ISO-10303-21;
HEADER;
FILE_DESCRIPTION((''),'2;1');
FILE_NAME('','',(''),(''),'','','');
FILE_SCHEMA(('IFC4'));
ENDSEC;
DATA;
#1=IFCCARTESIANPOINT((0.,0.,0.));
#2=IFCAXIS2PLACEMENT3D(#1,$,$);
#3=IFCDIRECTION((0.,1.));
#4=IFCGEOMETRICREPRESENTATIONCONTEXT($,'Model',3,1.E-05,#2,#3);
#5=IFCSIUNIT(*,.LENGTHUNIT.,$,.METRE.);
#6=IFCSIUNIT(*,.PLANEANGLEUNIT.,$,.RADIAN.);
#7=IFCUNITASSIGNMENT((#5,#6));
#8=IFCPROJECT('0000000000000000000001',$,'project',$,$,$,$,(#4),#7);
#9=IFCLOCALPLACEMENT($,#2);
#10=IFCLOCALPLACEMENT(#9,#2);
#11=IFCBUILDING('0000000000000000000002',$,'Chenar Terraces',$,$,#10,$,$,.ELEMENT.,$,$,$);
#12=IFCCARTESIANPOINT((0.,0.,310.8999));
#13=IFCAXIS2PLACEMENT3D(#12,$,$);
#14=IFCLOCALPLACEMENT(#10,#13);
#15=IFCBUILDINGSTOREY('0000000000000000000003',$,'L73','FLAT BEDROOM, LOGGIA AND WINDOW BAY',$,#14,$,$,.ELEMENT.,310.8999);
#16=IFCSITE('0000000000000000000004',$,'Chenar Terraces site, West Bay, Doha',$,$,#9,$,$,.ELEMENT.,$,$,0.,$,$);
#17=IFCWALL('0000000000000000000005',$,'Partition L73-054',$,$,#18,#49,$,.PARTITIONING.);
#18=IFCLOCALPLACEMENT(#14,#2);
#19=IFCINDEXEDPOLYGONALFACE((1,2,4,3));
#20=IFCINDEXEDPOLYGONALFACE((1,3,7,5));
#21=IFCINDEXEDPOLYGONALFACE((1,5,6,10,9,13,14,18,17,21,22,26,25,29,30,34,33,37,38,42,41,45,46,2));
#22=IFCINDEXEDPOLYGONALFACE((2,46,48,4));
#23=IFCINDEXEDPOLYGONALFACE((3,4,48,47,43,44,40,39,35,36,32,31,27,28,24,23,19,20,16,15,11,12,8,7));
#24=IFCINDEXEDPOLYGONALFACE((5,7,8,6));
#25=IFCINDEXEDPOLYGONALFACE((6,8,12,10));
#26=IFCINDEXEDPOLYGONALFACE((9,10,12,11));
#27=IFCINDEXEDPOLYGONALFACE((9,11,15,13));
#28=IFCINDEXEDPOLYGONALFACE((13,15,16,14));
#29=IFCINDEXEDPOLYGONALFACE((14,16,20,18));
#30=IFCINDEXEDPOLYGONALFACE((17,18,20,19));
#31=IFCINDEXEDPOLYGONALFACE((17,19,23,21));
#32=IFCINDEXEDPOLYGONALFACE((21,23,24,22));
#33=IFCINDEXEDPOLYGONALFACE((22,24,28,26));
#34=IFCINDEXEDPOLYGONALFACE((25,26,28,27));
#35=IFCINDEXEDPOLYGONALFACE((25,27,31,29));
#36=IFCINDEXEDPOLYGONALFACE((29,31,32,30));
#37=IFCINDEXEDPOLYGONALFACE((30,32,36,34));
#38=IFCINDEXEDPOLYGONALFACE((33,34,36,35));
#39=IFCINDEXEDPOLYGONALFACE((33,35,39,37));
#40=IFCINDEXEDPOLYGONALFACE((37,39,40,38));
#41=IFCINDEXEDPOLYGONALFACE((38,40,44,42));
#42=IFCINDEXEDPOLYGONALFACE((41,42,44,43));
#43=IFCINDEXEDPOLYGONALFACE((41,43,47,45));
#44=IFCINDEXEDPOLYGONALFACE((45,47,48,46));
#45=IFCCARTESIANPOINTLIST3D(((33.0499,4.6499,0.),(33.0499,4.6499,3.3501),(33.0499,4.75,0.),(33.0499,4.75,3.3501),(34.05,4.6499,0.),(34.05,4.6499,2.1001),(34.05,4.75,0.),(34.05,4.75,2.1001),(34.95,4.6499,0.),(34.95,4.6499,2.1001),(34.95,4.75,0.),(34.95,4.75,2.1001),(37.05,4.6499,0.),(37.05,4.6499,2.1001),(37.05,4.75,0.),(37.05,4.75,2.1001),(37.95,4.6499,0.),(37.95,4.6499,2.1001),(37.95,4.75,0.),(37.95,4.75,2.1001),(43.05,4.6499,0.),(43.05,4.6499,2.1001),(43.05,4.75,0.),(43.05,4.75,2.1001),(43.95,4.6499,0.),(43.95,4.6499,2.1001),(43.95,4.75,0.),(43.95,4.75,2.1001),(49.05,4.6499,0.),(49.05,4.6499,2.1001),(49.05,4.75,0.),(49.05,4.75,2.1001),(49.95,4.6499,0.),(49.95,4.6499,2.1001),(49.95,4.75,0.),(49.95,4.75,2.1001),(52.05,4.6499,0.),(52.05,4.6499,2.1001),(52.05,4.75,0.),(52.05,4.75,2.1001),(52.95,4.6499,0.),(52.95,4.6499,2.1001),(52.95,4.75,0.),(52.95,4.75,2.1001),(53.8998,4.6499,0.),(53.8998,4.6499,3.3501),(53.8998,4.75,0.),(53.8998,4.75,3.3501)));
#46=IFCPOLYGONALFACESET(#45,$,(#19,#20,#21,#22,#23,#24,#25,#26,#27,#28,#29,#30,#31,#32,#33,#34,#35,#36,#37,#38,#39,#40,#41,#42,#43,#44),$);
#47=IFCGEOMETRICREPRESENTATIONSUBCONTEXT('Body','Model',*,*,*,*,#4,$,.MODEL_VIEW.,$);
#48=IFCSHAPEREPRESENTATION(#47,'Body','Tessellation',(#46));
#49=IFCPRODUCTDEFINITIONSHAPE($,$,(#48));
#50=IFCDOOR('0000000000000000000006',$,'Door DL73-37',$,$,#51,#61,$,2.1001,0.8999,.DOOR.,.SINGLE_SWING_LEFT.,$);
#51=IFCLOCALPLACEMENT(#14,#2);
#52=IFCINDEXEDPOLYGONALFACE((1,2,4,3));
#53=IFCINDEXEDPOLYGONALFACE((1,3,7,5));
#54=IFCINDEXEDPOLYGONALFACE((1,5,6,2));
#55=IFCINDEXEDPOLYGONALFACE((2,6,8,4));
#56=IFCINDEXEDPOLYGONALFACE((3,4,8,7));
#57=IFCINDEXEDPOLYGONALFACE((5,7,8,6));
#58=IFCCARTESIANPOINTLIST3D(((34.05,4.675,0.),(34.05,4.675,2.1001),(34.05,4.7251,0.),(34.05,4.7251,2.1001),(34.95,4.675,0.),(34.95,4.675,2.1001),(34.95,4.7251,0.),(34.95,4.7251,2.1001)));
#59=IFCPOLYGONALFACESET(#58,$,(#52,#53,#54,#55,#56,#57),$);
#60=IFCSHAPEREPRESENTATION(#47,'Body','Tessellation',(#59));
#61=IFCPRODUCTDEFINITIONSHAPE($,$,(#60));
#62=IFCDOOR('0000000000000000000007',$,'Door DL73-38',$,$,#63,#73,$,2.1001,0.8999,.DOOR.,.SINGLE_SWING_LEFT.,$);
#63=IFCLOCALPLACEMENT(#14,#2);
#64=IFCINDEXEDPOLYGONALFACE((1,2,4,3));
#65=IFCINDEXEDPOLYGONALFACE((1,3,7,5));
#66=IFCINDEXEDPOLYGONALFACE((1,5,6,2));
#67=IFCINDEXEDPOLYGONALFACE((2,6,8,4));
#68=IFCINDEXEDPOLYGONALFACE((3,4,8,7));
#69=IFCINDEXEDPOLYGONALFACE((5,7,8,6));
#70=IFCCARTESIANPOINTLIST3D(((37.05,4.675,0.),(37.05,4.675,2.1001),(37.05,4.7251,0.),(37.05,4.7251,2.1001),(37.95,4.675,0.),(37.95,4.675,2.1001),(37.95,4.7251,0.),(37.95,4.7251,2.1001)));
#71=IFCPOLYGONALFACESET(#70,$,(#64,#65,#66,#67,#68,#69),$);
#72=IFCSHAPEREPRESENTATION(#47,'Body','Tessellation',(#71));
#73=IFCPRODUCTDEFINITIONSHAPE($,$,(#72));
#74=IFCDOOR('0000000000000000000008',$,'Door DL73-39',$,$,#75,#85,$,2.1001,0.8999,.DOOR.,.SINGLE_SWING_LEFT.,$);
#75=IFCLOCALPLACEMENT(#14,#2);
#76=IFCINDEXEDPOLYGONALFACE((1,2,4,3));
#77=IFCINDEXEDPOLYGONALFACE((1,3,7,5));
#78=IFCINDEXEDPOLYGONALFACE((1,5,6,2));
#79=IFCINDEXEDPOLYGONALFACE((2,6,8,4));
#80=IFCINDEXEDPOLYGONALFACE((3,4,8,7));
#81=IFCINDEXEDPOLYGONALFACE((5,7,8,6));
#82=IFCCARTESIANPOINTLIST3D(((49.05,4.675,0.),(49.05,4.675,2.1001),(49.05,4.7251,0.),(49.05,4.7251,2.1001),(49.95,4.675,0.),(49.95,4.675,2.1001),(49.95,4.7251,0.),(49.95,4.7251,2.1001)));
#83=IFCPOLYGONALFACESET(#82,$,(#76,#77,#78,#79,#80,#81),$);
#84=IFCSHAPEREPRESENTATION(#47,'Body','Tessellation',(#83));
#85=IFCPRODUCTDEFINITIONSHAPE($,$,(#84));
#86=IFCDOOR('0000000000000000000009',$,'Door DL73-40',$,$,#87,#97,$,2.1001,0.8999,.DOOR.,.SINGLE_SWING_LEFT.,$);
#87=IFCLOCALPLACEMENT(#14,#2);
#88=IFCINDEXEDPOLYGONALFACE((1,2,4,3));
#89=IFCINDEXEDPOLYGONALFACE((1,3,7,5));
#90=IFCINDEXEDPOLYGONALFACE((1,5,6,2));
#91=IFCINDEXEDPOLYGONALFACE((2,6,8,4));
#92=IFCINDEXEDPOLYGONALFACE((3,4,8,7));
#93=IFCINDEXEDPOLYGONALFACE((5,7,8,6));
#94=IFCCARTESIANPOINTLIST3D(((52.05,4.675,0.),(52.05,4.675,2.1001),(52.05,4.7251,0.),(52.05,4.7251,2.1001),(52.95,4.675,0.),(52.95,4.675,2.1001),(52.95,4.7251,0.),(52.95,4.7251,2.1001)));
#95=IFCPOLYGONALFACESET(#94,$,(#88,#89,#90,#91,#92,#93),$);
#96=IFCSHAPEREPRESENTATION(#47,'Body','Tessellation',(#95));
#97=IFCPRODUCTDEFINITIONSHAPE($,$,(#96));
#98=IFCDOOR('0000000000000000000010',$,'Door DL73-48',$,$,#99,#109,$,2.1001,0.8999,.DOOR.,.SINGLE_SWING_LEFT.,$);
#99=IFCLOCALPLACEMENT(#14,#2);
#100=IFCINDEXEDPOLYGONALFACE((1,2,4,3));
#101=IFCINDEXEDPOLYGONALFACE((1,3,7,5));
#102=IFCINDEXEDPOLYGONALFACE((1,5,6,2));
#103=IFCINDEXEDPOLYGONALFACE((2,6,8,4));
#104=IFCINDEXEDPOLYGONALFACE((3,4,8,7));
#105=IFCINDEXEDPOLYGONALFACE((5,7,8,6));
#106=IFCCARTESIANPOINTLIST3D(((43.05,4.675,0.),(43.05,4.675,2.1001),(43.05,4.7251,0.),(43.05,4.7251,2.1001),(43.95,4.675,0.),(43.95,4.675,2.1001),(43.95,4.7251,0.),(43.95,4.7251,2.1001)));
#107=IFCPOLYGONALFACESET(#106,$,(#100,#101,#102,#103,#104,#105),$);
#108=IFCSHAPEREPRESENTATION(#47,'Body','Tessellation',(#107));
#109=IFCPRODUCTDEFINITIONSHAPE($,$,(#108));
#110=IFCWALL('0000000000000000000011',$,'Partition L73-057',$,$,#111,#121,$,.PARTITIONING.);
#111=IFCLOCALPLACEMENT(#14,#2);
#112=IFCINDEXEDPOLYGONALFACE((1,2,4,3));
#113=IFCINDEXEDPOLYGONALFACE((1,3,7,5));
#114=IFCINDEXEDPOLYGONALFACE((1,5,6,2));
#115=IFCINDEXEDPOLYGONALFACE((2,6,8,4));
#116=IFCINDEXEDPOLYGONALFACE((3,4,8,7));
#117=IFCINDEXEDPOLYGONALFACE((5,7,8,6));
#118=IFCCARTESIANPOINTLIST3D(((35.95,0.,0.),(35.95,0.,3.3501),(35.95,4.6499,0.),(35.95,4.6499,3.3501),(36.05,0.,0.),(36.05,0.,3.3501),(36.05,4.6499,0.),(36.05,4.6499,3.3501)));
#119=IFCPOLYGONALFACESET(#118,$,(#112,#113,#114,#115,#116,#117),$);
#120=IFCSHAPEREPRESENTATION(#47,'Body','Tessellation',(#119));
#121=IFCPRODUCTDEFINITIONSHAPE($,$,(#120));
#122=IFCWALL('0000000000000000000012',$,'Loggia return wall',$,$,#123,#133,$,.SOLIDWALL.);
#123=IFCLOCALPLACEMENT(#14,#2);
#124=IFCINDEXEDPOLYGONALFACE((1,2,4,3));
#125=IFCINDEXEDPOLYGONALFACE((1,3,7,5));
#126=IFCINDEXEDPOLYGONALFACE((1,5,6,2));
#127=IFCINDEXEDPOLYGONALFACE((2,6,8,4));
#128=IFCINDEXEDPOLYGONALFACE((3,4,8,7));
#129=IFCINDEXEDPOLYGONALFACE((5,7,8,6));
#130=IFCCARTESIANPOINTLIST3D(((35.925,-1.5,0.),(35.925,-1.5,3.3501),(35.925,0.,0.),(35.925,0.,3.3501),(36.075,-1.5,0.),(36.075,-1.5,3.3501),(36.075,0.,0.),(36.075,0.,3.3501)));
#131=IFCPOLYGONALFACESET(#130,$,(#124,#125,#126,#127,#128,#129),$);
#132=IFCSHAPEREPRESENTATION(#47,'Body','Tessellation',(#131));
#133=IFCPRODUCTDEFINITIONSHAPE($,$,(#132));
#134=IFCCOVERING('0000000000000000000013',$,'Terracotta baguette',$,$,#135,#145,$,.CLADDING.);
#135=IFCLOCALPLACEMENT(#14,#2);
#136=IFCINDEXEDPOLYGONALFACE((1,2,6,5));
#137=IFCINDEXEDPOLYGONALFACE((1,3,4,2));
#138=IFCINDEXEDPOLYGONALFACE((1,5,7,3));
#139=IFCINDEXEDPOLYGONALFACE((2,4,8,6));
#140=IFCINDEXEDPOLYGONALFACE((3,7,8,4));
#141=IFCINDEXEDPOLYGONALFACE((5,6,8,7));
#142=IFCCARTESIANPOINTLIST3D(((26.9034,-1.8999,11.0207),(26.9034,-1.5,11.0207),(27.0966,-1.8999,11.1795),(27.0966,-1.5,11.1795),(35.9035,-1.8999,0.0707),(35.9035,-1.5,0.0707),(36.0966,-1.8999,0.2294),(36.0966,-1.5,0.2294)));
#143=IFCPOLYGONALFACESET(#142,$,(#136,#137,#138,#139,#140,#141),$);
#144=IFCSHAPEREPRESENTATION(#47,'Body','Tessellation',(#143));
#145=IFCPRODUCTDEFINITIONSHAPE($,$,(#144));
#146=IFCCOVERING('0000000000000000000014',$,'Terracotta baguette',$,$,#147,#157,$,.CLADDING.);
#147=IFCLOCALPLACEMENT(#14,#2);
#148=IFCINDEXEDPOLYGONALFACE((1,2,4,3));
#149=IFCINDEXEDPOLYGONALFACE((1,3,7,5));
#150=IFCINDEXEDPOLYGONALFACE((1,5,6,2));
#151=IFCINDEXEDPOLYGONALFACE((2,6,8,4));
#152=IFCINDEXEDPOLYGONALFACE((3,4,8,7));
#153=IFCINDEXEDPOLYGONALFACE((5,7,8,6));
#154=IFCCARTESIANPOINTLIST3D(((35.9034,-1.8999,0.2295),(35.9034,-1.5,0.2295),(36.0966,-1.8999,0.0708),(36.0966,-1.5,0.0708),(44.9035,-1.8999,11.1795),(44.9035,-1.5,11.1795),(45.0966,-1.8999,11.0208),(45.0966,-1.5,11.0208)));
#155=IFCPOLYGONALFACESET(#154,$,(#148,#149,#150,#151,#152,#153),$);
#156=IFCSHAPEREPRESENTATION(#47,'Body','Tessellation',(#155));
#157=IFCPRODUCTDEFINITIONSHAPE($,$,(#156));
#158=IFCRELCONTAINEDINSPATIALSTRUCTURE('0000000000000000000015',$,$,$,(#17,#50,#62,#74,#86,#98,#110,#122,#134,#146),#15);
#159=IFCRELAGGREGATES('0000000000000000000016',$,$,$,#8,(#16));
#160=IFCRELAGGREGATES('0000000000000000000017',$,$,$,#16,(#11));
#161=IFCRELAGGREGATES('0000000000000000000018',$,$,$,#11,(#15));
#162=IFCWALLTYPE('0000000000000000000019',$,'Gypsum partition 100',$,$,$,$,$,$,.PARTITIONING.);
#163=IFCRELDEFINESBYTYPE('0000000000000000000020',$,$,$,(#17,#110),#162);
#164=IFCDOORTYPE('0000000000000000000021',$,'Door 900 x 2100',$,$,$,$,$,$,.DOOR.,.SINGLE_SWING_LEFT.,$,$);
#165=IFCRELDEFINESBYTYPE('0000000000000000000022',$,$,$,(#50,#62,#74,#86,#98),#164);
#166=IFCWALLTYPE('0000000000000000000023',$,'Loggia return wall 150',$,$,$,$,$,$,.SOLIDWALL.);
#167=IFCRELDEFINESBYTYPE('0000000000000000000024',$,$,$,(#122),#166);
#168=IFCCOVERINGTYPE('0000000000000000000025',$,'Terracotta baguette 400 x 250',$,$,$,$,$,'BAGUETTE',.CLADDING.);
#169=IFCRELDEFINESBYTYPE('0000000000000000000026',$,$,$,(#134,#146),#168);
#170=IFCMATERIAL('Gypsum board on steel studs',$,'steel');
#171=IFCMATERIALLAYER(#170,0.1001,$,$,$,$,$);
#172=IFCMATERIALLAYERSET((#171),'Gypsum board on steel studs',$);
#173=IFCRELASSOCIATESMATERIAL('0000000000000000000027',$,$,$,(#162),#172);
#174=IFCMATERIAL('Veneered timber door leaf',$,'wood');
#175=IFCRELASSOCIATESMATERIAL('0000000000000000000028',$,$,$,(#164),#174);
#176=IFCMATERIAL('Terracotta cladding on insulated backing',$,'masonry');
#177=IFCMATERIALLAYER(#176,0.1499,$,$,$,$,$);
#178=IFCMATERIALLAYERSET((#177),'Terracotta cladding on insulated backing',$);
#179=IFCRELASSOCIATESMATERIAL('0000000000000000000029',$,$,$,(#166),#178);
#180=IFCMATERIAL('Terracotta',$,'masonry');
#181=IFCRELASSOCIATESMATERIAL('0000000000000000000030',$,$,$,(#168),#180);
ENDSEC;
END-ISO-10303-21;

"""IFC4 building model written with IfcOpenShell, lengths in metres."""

from ifc_helpers import new_model, si_unit, direction, frame, frame_2d, origin, origin_2d, place, context, subcontext, project, spatial, rectangle, extrude, material, layer, layer_set, material_profile, profile_set, type_object, element, fill, save


model = new_model("IFC4")

# Units and contexts
model_context = context("Model", 3, precision=1e-05, world=origin(), true_north=direction((0.0, 1.0)))
body_context = subcontext(model_context, "Body", "Model", "MODEL_VIEW")
ifc_project = project(units=[si_unit("LENGTHUNIT", "METRE"), si_unit("PLANEANGLEUNIT", "RADIAN")], contexts=[model_context])

# Site, building, storey
site_placement = place(None, origin())
site = spatial("IfcSite", under=ifc_project, at=site_placement, Name="Chenar Terraces site, West Bay, Doha", CompositionType="ELEMENT", RefElevation=0.0)
building_placement = place(site_placement, origin())
building = spatial("IfcBuilding", under=site, at=building_placement, Name="Chenar Terraces", CompositionType="ELEMENT")
storey_placement = place(building_placement, frame((0.0, 0.0, 310.8999)))
storey = spatial("IfcBuildingStorey", under=building, at=storey_placement, Name="L73", Description="FLAT BEDROOM, LOGGIA AND WINDOW BAY", CompositionType="ELEMENT", Elevation=310.8999)

# Shared definitions
ifc_material_1 = material(Name="Gypsum board on steel studs", Category="steel")
ifc_layer_1 = layer(ifc_material_1, 0.1001)
ifc_layer_set_1 = layer_set([ifc_layer_1], Name="Gypsum board on steel studs")
wall_type_1 = type_object("IfcWallType", Name="Gypsum partition 100", PredefinedType="PARTITIONING", material=ifc_layer_set_1)

# Wall, openings, doors
wall_1_placement = place(storey_placement, frame((33.05, 4.7, 0.0), z_axis=(0.0, 0.0, 1.0), x_axis=(1.0, 0.0, 0.0)))
wall_1 = element("IfcWall", 1, at=wall_1_placement, inside=storey, type_object=wall_type_1, Name="Partition L73-054", PredefinedType="PARTITIONING", context=body_context, shape_type="SweptSolid", body=[
    extrude(rectangle(XDim=20.8499, YDim=0.1001, at=frame_2d((10.4248, 0.0))), origin(), (0.0, 0.0, 1.0), 3.3501),
])
opening_1_placement = place(wall_1_placement, frame((1.0, 0.0, 0.0)))
opening_1 = element("IfcOpeningElement", 2, at=opening_1_placement, cuts=wall_1, PredefinedType="OPENING", context=body_context, shape_type="SweptSolid", body=[
    extrude(rectangle(XDim=0.8999, YDim=2.1001, at=frame_2d((0.45, 1.05))), frame((0.0, 0.0601, 0.0), z_axis=(0.0, -1.0, 0.0), x_axis=(1.0, 0.0, 0.0)), (0.0, 0.0, 1.0), 0.1201),
])
opening_2_placement = place(wall_1_placement, frame((4.0, 0.0, 0.0)))
opening_2 = element("IfcOpeningElement", 3, at=opening_2_placement, cuts=wall_1, PredefinedType="OPENING", context=body_context, shape_type="SweptSolid", body=[
    extrude(rectangle(XDim=0.8999, YDim=2.1001, at=frame_2d((0.45, 1.05))), frame((0.0, 0.0601, 0.0), z_axis=(0.0, -1.0, 0.0), x_axis=(1.0, 0.0, 0.0)), (0.0, 0.0, 1.0), 0.1201),
])
opening_3_placement = place(wall_1_placement, frame((16.0, 0.0, 0.0)))
opening_3 = element("IfcOpeningElement", 4, at=opening_3_placement, cuts=wall_1, PredefinedType="OPENING", context=body_context, shape_type="SweptSolid", body=[
    extrude(rectangle(XDim=0.8999, YDim=2.1001, at=frame_2d((0.45, 1.05))), frame((0.0, 0.0601, 0.0), z_axis=(0.0, -1.0, 0.0), x_axis=(1.0, 0.0, 0.0)), (0.0, 0.0, 1.0), 0.1201),
])
opening_4_placement = place(wall_1_placement, frame((19.0, 0.0, 0.0)))
opening_4 = element("IfcOpeningElement", 5, at=opening_4_placement, cuts=wall_1, PredefinedType="OPENING", context=body_context, shape_type="SweptSolid", body=[
    extrude(rectangle(XDim=0.8999, YDim=2.1001, at=frame_2d((0.45, 1.05))), frame((0.0, 0.0601, 0.0), z_axis=(0.0, -1.0, 0.0), x_axis=(1.0, 0.0, 0.0)), (0.0, 0.0, 1.0), 0.1201),
])
opening_5_placement = place(wall_1_placement, frame((10.0, 0.0, 0.0)))
opening_5 = element("IfcOpeningElement", 6, at=opening_5_placement, cuts=wall_1, PredefinedType="OPENING", context=body_context, shape_type="SweptSolid", body=[
    extrude(rectangle(XDim=0.8999, YDim=2.1001, at=frame_2d((0.45, 1.05))), frame((0.0, 0.0601, 0.0), z_axis=(0.0, -1.0, 0.0), x_axis=(1.0, 0.0, 0.0)), (0.0, 0.0, 1.0), 0.1201),
])
ifc_material_2 = material(Name="Veneered timber door leaf", Category="wood")
door_type_1 = type_object("IfcDoorType", Name="Door 900 x 2100", OperationType="SINGLE_SWING_LEFT", PredefinedType="DOOR", material=ifc_material_2)
door_1_placement = place(opening_1_placement, frame((0.8999, 0.0, 0.0), z_axis=(0.0, 0.0, 1.0), x_axis=(-1.0, 0.0, 0.0)))
door_1 = element("IfcDoor", 7, at=door_1_placement, inside=storey, type_object=door_type_1, Name="Door DL73-37", OperationType="SINGLE_SWING_LEFT", OverallHeight=2.1001, OverallWidth=0.8999, PredefinedType="DOOR", context=body_context, shape_type="SweptSolid", body=[
    extrude(rectangle(XDim=0.8999, YDim=2.1001, at=frame_2d((0.45, 1.05))), frame((0.0, 0.0249, 0.0), z_axis=(0.0, -1.0, 0.0), x_axis=(1.0, 0.0, 0.0)), (0.0, 0.0, 1.0), 0.05),
])
fill(opening_1, door_1)
door_2_placement = place(opening_2_placement, frame((0.8999, 0.0, 0.0), z_axis=(0.0, 0.0, 1.0), x_axis=(-1.0, 0.0, 0.0)))
door_2 = element("IfcDoor", 8, at=door_2_placement, inside=storey, type_object=door_type_1, Name="Door DL73-38", OperationType="SINGLE_SWING_LEFT", OverallHeight=2.1001, OverallWidth=0.8999, PredefinedType="DOOR", context=body_context, shape_type="SweptSolid", body=[
    extrude(rectangle(XDim=0.8999, YDim=2.1001, at=frame_2d((0.45, 1.05))), frame((0.0, 0.0249, 0.0), z_axis=(0.0, -1.0, 0.0), x_axis=(1.0, 0.0, 0.0)), (0.0, 0.0, 1.0), 0.05),
])
fill(opening_2, door_2)
door_3_placement = place(opening_3_placement, frame((0.8999, 0.0, 0.0), z_axis=(0.0, 0.0, 1.0), x_axis=(-1.0, 0.0, 0.0)))
door_3 = element("IfcDoor", 9, at=door_3_placement, inside=storey, type_object=door_type_1, Name="Door DL73-39", OperationType="SINGLE_SWING_LEFT", OverallHeight=2.1001, OverallWidth=0.8999, PredefinedType="DOOR", context=body_context, shape_type="SweptSolid", body=[
    extrude(rectangle(XDim=0.8999, YDim=2.1001, at=frame_2d((0.45, 1.05))), frame((0.0, 0.0249, 0.0), z_axis=(0.0, -1.0, 0.0), x_axis=(1.0, 0.0, 0.0)), (0.0, 0.0, 1.0), 0.05),
])
fill(opening_3, door_3)
door_4_placement = place(opening_4_placement, frame((0.8999, 0.0, 0.0), z_axis=(0.0, 0.0, 1.0), x_axis=(-1.0, 0.0, 0.0)))
door_4 = element("IfcDoor", 10, at=door_4_placement, inside=storey, type_object=door_type_1, Name="Door DL73-40", OperationType="SINGLE_SWING_LEFT", OverallHeight=2.1001, OverallWidth=0.8999, PredefinedType="DOOR", context=body_context, shape_type="SweptSolid", body=[
    extrude(rectangle(XDim=0.8999, YDim=2.1001, at=frame_2d((0.45, 1.05))), frame((0.0, 0.0249, 0.0), z_axis=(0.0, -1.0, 0.0), x_axis=(1.0, 0.0, 0.0)), (0.0, 0.0, 1.0), 0.05),
])
fill(opening_4, door_4)
door_5_placement = place(opening_5_placement, frame((0.8999, 0.0, 0.0), z_axis=(0.0, 0.0, 1.0), x_axis=(-1.0, 0.0, 0.0)))
door_5 = element("IfcDoor", 11, at=door_5_placement, inside=storey, type_object=door_type_1, Name="Door DL73-48", OperationType="SINGLE_SWING_LEFT", OverallHeight=2.1001, OverallWidth=0.8999, PredefinedType="DOOR", context=body_context, shape_type="SweptSolid", body=[
    extrude(rectangle(XDim=0.8999, YDim=2.1001, at=frame_2d((0.45, 1.05))), frame((0.0, 0.0249, 0.0), z_axis=(0.0, -1.0, 0.0), x_axis=(1.0, 0.0, 0.0)), (0.0, 0.0, 1.0), 0.05),
])
fill(opening_5, door_5)

# Walls
wall_2_placement = place(storey_placement, frame((36.0, 0.0, 0.0), z_axis=(0.0, 0.0, 1.0), x_axis=(0.0, 1.0, 0.0)))
element("IfcWall", 12, at=wall_2_placement, inside=storey, type_object=wall_type_1, Name="Partition L73-057", PredefinedType="PARTITIONING", context=body_context, shape_type="SweptSolid", body=[
    extrude(rectangle(XDim=4.6499, YDim=0.1001, at=frame_2d((2.325, 0.0))), origin(), (0.0, 0.0, 1.0), 3.3501),
])
ifc_material_3 = material(Name="Terracotta cladding on insulated backing", Category="masonry")
ifc_layer_2 = layer(ifc_material_3, 0.1499)
ifc_layer_set_2 = layer_set([ifc_layer_2], Name="Terracotta cladding on insulated backing")
wall_type_2 = type_object("IfcWallType", Name="Loggia return wall 150", PredefinedType="SOLIDWALL", material=ifc_layer_set_2)
wall_3_placement = place(storey_placement, frame((36.0, -1.5, 0.0), z_axis=(0.0, 0.0, 1.0), x_axis=(0.0, 1.0, 0.0)))
element("IfcWall", 13, at=wall_3_placement, inside=storey, type_object=wall_type_2, Name="Loggia return wall", PredefinedType="SOLIDWALL", context=body_context, shape_type="SweptSolid", body=[
    extrude(rectangle(XDim=1.5, YDim=0.1499, at=frame_2d((0.75, 0.0))), origin(), (0.0, 0.0, 1.0), 3.3501),
])

# Coverings
ifc_material_4 = material(Name="Terracotta", Category="masonry")
ifc_material_profile_1 = material_profile(ifc_material_4, rectangle(XDim=0.3999, YDim=0.25, at=origin_2d()), Name="Terracotta baguette 400 x 250")
ifc_profile_set_1 = profile_set([ifc_material_profile_1], Name="Terracotta")
covering_type = type_object("IfcCoveringType", Name="Terracotta baguette 400 x 250", ElementType="BAGUETTE", PredefinedType="CLADDING", material=ifc_profile_set_1)
for number, where, z_axis, x_axis, name in (
    (14, (27.0, -1.7, 11.1001), (0.634967, 0.0, -0.772539), (0.0, 1.0, 0.0), "Terracotta baguette"),
    (15, (36.0, -1.7, 0.1501), (0.634967, 0.0, 0.772539), (0.0, 1.0, 0.0), "Terracotta baguette"),
):
    element("IfcCovering", number, at=place(storey_placement, frame(where, z_axis=z_axis, x_axis=x_axis)), inside=storey, type_object=covering_type, Name=name, PredefinedType="CLADDING", context=body_context, shape_type="SweptSolid", body=[
        extrude(rectangle(XDim=0.3999, YDim=0.25, at=origin_2d()), origin(), (0.0, 0.0, 1.0), 14.1741),
    ])

save(model, "model.ifc")
